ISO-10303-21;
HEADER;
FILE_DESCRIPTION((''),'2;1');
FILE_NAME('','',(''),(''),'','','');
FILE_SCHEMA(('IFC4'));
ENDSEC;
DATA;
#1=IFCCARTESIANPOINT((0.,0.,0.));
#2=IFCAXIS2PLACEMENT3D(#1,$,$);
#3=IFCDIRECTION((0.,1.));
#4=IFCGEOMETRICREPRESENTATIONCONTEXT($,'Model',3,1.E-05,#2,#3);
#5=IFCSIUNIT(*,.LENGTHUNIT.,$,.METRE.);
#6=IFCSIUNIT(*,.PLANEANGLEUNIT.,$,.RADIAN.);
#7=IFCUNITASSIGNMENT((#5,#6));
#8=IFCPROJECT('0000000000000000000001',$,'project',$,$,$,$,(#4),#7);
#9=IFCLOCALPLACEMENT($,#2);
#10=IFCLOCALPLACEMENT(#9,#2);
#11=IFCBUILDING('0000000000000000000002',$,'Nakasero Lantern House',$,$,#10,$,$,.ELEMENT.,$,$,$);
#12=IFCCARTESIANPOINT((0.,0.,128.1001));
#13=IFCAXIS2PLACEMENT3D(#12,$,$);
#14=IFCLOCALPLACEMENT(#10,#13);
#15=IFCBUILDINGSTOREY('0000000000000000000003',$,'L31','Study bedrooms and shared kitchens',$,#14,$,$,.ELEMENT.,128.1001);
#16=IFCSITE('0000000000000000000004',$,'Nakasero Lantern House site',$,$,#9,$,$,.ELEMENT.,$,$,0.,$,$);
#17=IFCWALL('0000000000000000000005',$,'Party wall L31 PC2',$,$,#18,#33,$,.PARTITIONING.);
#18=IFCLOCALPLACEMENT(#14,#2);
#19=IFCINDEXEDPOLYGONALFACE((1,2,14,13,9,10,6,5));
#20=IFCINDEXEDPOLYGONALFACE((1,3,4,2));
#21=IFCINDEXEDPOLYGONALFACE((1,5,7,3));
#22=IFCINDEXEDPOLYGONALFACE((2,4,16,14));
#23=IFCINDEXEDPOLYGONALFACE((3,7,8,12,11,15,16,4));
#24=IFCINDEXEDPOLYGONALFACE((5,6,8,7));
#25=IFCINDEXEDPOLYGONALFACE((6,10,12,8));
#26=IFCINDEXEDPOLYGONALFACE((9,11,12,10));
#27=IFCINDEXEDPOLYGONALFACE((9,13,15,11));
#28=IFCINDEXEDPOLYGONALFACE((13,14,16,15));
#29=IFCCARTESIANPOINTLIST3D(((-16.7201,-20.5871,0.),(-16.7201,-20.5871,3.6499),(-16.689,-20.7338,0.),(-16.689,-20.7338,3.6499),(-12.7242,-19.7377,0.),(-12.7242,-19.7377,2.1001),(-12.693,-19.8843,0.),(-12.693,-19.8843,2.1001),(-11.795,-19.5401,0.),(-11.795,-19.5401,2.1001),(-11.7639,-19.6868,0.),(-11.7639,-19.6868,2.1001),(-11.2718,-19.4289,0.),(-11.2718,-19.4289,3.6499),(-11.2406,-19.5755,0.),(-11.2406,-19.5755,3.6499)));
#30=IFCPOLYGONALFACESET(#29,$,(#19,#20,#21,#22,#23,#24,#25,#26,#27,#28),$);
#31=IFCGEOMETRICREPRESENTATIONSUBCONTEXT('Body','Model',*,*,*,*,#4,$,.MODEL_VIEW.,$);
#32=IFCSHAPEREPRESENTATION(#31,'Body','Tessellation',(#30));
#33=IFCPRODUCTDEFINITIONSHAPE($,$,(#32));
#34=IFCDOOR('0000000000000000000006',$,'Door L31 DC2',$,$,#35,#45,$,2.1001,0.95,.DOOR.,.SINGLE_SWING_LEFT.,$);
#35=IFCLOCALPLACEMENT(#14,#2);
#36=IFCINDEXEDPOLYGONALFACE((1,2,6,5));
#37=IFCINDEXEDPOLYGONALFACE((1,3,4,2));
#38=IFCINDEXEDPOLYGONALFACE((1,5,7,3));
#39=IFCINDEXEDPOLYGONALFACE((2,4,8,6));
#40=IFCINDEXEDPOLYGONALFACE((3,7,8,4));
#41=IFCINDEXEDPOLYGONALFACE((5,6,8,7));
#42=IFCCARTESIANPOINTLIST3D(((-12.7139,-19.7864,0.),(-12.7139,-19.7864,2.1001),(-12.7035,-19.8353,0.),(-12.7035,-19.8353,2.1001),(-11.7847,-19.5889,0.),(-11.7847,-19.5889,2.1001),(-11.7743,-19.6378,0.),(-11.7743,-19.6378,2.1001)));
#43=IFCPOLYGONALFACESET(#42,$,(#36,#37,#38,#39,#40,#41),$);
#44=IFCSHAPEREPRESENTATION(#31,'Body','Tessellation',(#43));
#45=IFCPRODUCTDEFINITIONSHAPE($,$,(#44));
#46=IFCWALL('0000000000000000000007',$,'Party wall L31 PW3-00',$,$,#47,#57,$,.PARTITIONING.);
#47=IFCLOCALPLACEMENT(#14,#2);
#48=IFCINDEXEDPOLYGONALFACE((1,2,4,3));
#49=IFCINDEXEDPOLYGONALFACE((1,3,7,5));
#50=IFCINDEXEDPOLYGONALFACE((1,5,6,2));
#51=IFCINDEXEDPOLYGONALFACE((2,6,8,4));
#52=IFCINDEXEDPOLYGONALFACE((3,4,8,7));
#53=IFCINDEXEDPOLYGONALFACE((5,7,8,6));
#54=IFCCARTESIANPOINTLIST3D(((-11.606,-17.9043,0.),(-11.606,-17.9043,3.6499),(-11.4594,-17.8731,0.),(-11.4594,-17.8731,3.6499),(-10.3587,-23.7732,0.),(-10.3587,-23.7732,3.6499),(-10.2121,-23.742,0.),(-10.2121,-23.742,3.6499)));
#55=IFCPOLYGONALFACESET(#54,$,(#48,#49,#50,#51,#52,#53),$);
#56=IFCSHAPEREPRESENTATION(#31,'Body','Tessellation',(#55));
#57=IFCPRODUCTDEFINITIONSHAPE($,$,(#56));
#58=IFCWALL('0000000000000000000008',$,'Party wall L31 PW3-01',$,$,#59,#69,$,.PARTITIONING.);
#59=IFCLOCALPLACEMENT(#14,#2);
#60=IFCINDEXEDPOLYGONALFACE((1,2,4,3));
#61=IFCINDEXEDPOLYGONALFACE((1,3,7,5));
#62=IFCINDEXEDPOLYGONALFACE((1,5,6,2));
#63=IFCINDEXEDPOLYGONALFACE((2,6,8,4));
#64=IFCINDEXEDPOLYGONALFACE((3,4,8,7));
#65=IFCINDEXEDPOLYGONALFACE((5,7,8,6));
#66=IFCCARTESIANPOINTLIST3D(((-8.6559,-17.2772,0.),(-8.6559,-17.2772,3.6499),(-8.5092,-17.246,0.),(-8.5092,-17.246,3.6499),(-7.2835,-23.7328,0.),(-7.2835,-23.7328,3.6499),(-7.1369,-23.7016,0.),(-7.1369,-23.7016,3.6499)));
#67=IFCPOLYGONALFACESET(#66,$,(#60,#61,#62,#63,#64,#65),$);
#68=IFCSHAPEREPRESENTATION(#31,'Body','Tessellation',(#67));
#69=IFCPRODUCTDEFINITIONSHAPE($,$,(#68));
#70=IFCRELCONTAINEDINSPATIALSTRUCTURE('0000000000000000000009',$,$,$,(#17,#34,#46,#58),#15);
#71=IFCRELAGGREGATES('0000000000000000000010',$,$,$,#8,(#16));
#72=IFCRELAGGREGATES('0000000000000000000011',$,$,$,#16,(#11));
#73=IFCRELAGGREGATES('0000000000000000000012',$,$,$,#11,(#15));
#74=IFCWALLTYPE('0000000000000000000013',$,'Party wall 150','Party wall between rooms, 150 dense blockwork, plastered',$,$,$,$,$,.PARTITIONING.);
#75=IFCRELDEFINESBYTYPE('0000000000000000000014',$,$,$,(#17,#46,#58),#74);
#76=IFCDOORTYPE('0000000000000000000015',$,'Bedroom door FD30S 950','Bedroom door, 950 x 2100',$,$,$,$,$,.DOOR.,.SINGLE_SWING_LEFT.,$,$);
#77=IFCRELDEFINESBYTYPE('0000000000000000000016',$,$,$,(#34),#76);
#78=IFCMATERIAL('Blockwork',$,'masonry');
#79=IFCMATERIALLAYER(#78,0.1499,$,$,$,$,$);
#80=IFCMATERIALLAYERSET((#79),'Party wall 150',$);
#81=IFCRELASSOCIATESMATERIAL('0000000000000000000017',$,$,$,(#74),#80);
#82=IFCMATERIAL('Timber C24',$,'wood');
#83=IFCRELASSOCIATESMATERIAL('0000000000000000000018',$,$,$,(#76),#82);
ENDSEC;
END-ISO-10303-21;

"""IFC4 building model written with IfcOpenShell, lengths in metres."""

from ifc_helpers import new_model, si_unit, direction, frame, frame_2d, origin, place, context, subcontext, project, spatial, rectangle, extrude, material, layer, layer_set, type_object, element, fill, save


model = new_model("IFC4")

# Units and contexts
model_context = context("Model", 3, precision=1e-05, world=origin(), true_north=direction((0.0, 1.0)))
body_context = subcontext(model_context, "Body", "Model", "MODEL_VIEW")
ifc_project = project(units=[si_unit("LENGTHUNIT", "METRE"), si_unit("PLANEANGLEUNIT", "RADIAN")], contexts=[model_context])

# Site, building, storey
site_placement = place(None, origin())
site = spatial("IfcSite", under=ifc_project, at=site_placement, Name="Nakasero Lantern House site", CompositionType="ELEMENT", RefElevation=0.0)
building_placement = place(site_placement, origin())
building = spatial("IfcBuilding", under=site, at=building_placement, Name="Nakasero Lantern House", CompositionType="ELEMENT")
storey_placement = place(building_placement, frame((0.0, 0.0, 128.1001)))
storey = spatial("IfcBuildingStorey", under=building, at=storey_placement, Name="L31", Description="Study bedrooms and shared kitchens", CompositionType="ELEMENT", Elevation=128.1001)

# Wall, opening, door
ifc_material_1 = material(Name="Blockwork", Category="masonry")
ifc_layer_1 = layer(ifc_material_1, 0.1499)
ifc_layer_set_1 = layer_set([ifc_layer_1], Name="Party wall 150")
wall_type_1 = type_object("IfcWallType", Name="Party wall 150", Description="Party wall between rooms, 150 dense blockwork, plastered", PredefinedType="PARTITIONING", material=ifc_layer_set_1)
wall_1_placement = place(storey_placement, frame((-11.2561, -19.5022, 0.0), z_axis=(0.0, 0.0, 1.0), x_axis=(-0.978142, -0.207936, 0.0)))
wall_1 = element("IfcWall", 1, at=wall_1_placement, inside=storey, type_object=wall_type_1, Name="Party wall L31 PC2", PredefinedType="PARTITIONING", context=body_context, shape_type="SweptSolid", body=[
    extrude(rectangle(XDim=5.5701, YDim=0.1499, at=frame_2d((2.7852, 0.0))), origin(), (0.0, 0.0, 1.0), 3.6499),
])
opening_1_placement = place(wall_1_placement, frame((0.5349, 0.0, 0.0)))
opening_1 = element("IfcOpeningElement", 2, at=opening_1_placement, cuts=wall_1, PredefinedType="OPENING", context=body_context, shape_type="SweptSolid", body=[
    extrude(rectangle(XDim=0.95, YDim=2.1001, at=frame_2d((0.4751, 1.05))), frame((0.0, 0.095, 0.0), z_axis=(0.0, -1.0, 0.0), x_axis=(1.0, 0.0, 0.0)), (0.0, 0.0, 1.0), 0.1899),
])
ifc_material_2 = material(Name="Timber C24", Category="wood")
door_type_1 = type_object("IfcDoorType", Name="Bedroom door FD30S 950", Description="Bedroom door, 950 x 2100", OperationType="SINGLE_SWING_LEFT", PredefinedType="DOOR", material=ifc_material_2)
door_1_placement = place(opening_1_placement, origin())
door_1 = element("IfcDoor", 3, at=door_1_placement, inside=storey, type_object=door_type_1, Name="Door L31 DC2", OperationType="SINGLE_SWING_LEFT", OverallHeight=2.1001, OverallWidth=0.95, PredefinedType="DOOR", context=body_context, shape_type="SweptSolid", body=[
    extrude(rectangle(XDim=0.95, YDim=2.1001, at=frame_2d((0.4751, 1.05))), frame((0.0, 0.0249, 0.0), z_axis=(0.0, -1.0, 0.0), x_axis=(1.0, 0.0, 0.0)), (0.0, 0.0, 1.0), 0.05),
])
fill(opening_1, door_1)

# Walls
wall_2_placement = place(storey_placement, frame((-11.5327, -17.8887, 0.0), z_axis=(0.0, 0.0, 1.0), x_axis=(0.207886, -0.978153, 0.0)))
element("IfcWall", 4, at=wall_2_placement, inside=storey, type_object=wall_type_1, Name="Party wall L31 PW3-00", PredefinedType="PARTITIONING", context=body_context, shape_type="SweptSolid", body=[
    extrude(rectangle(XDim=6.0, YDim=0.1499, at=frame_2d((3.0, 0.0))), origin(), (0.0, 0.0, 1.0), 3.6499),
])
wall_3_placement = place(storey_placement, frame((-8.5825, -17.2617, 0.0), z_axis=(0.0, 0.0, 1.0), x_axis=(0.207932, -0.978143, 0.0)))
element("IfcWall", 5, at=wall_3_placement, inside=storey, type_object=wall_type_1, Name="Party wall L31 PW3-01", PredefinedType="PARTITIONING", context=body_context, shape_type="SweptSolid", body=[
    extrude(rectangle(XDim=6.5999, YDim=0.1499, at=frame_2d((3.2998, 0.0))), origin(), (0.0, 0.0, 1.0), 3.6499),
])

save(model, "model.ifc")
